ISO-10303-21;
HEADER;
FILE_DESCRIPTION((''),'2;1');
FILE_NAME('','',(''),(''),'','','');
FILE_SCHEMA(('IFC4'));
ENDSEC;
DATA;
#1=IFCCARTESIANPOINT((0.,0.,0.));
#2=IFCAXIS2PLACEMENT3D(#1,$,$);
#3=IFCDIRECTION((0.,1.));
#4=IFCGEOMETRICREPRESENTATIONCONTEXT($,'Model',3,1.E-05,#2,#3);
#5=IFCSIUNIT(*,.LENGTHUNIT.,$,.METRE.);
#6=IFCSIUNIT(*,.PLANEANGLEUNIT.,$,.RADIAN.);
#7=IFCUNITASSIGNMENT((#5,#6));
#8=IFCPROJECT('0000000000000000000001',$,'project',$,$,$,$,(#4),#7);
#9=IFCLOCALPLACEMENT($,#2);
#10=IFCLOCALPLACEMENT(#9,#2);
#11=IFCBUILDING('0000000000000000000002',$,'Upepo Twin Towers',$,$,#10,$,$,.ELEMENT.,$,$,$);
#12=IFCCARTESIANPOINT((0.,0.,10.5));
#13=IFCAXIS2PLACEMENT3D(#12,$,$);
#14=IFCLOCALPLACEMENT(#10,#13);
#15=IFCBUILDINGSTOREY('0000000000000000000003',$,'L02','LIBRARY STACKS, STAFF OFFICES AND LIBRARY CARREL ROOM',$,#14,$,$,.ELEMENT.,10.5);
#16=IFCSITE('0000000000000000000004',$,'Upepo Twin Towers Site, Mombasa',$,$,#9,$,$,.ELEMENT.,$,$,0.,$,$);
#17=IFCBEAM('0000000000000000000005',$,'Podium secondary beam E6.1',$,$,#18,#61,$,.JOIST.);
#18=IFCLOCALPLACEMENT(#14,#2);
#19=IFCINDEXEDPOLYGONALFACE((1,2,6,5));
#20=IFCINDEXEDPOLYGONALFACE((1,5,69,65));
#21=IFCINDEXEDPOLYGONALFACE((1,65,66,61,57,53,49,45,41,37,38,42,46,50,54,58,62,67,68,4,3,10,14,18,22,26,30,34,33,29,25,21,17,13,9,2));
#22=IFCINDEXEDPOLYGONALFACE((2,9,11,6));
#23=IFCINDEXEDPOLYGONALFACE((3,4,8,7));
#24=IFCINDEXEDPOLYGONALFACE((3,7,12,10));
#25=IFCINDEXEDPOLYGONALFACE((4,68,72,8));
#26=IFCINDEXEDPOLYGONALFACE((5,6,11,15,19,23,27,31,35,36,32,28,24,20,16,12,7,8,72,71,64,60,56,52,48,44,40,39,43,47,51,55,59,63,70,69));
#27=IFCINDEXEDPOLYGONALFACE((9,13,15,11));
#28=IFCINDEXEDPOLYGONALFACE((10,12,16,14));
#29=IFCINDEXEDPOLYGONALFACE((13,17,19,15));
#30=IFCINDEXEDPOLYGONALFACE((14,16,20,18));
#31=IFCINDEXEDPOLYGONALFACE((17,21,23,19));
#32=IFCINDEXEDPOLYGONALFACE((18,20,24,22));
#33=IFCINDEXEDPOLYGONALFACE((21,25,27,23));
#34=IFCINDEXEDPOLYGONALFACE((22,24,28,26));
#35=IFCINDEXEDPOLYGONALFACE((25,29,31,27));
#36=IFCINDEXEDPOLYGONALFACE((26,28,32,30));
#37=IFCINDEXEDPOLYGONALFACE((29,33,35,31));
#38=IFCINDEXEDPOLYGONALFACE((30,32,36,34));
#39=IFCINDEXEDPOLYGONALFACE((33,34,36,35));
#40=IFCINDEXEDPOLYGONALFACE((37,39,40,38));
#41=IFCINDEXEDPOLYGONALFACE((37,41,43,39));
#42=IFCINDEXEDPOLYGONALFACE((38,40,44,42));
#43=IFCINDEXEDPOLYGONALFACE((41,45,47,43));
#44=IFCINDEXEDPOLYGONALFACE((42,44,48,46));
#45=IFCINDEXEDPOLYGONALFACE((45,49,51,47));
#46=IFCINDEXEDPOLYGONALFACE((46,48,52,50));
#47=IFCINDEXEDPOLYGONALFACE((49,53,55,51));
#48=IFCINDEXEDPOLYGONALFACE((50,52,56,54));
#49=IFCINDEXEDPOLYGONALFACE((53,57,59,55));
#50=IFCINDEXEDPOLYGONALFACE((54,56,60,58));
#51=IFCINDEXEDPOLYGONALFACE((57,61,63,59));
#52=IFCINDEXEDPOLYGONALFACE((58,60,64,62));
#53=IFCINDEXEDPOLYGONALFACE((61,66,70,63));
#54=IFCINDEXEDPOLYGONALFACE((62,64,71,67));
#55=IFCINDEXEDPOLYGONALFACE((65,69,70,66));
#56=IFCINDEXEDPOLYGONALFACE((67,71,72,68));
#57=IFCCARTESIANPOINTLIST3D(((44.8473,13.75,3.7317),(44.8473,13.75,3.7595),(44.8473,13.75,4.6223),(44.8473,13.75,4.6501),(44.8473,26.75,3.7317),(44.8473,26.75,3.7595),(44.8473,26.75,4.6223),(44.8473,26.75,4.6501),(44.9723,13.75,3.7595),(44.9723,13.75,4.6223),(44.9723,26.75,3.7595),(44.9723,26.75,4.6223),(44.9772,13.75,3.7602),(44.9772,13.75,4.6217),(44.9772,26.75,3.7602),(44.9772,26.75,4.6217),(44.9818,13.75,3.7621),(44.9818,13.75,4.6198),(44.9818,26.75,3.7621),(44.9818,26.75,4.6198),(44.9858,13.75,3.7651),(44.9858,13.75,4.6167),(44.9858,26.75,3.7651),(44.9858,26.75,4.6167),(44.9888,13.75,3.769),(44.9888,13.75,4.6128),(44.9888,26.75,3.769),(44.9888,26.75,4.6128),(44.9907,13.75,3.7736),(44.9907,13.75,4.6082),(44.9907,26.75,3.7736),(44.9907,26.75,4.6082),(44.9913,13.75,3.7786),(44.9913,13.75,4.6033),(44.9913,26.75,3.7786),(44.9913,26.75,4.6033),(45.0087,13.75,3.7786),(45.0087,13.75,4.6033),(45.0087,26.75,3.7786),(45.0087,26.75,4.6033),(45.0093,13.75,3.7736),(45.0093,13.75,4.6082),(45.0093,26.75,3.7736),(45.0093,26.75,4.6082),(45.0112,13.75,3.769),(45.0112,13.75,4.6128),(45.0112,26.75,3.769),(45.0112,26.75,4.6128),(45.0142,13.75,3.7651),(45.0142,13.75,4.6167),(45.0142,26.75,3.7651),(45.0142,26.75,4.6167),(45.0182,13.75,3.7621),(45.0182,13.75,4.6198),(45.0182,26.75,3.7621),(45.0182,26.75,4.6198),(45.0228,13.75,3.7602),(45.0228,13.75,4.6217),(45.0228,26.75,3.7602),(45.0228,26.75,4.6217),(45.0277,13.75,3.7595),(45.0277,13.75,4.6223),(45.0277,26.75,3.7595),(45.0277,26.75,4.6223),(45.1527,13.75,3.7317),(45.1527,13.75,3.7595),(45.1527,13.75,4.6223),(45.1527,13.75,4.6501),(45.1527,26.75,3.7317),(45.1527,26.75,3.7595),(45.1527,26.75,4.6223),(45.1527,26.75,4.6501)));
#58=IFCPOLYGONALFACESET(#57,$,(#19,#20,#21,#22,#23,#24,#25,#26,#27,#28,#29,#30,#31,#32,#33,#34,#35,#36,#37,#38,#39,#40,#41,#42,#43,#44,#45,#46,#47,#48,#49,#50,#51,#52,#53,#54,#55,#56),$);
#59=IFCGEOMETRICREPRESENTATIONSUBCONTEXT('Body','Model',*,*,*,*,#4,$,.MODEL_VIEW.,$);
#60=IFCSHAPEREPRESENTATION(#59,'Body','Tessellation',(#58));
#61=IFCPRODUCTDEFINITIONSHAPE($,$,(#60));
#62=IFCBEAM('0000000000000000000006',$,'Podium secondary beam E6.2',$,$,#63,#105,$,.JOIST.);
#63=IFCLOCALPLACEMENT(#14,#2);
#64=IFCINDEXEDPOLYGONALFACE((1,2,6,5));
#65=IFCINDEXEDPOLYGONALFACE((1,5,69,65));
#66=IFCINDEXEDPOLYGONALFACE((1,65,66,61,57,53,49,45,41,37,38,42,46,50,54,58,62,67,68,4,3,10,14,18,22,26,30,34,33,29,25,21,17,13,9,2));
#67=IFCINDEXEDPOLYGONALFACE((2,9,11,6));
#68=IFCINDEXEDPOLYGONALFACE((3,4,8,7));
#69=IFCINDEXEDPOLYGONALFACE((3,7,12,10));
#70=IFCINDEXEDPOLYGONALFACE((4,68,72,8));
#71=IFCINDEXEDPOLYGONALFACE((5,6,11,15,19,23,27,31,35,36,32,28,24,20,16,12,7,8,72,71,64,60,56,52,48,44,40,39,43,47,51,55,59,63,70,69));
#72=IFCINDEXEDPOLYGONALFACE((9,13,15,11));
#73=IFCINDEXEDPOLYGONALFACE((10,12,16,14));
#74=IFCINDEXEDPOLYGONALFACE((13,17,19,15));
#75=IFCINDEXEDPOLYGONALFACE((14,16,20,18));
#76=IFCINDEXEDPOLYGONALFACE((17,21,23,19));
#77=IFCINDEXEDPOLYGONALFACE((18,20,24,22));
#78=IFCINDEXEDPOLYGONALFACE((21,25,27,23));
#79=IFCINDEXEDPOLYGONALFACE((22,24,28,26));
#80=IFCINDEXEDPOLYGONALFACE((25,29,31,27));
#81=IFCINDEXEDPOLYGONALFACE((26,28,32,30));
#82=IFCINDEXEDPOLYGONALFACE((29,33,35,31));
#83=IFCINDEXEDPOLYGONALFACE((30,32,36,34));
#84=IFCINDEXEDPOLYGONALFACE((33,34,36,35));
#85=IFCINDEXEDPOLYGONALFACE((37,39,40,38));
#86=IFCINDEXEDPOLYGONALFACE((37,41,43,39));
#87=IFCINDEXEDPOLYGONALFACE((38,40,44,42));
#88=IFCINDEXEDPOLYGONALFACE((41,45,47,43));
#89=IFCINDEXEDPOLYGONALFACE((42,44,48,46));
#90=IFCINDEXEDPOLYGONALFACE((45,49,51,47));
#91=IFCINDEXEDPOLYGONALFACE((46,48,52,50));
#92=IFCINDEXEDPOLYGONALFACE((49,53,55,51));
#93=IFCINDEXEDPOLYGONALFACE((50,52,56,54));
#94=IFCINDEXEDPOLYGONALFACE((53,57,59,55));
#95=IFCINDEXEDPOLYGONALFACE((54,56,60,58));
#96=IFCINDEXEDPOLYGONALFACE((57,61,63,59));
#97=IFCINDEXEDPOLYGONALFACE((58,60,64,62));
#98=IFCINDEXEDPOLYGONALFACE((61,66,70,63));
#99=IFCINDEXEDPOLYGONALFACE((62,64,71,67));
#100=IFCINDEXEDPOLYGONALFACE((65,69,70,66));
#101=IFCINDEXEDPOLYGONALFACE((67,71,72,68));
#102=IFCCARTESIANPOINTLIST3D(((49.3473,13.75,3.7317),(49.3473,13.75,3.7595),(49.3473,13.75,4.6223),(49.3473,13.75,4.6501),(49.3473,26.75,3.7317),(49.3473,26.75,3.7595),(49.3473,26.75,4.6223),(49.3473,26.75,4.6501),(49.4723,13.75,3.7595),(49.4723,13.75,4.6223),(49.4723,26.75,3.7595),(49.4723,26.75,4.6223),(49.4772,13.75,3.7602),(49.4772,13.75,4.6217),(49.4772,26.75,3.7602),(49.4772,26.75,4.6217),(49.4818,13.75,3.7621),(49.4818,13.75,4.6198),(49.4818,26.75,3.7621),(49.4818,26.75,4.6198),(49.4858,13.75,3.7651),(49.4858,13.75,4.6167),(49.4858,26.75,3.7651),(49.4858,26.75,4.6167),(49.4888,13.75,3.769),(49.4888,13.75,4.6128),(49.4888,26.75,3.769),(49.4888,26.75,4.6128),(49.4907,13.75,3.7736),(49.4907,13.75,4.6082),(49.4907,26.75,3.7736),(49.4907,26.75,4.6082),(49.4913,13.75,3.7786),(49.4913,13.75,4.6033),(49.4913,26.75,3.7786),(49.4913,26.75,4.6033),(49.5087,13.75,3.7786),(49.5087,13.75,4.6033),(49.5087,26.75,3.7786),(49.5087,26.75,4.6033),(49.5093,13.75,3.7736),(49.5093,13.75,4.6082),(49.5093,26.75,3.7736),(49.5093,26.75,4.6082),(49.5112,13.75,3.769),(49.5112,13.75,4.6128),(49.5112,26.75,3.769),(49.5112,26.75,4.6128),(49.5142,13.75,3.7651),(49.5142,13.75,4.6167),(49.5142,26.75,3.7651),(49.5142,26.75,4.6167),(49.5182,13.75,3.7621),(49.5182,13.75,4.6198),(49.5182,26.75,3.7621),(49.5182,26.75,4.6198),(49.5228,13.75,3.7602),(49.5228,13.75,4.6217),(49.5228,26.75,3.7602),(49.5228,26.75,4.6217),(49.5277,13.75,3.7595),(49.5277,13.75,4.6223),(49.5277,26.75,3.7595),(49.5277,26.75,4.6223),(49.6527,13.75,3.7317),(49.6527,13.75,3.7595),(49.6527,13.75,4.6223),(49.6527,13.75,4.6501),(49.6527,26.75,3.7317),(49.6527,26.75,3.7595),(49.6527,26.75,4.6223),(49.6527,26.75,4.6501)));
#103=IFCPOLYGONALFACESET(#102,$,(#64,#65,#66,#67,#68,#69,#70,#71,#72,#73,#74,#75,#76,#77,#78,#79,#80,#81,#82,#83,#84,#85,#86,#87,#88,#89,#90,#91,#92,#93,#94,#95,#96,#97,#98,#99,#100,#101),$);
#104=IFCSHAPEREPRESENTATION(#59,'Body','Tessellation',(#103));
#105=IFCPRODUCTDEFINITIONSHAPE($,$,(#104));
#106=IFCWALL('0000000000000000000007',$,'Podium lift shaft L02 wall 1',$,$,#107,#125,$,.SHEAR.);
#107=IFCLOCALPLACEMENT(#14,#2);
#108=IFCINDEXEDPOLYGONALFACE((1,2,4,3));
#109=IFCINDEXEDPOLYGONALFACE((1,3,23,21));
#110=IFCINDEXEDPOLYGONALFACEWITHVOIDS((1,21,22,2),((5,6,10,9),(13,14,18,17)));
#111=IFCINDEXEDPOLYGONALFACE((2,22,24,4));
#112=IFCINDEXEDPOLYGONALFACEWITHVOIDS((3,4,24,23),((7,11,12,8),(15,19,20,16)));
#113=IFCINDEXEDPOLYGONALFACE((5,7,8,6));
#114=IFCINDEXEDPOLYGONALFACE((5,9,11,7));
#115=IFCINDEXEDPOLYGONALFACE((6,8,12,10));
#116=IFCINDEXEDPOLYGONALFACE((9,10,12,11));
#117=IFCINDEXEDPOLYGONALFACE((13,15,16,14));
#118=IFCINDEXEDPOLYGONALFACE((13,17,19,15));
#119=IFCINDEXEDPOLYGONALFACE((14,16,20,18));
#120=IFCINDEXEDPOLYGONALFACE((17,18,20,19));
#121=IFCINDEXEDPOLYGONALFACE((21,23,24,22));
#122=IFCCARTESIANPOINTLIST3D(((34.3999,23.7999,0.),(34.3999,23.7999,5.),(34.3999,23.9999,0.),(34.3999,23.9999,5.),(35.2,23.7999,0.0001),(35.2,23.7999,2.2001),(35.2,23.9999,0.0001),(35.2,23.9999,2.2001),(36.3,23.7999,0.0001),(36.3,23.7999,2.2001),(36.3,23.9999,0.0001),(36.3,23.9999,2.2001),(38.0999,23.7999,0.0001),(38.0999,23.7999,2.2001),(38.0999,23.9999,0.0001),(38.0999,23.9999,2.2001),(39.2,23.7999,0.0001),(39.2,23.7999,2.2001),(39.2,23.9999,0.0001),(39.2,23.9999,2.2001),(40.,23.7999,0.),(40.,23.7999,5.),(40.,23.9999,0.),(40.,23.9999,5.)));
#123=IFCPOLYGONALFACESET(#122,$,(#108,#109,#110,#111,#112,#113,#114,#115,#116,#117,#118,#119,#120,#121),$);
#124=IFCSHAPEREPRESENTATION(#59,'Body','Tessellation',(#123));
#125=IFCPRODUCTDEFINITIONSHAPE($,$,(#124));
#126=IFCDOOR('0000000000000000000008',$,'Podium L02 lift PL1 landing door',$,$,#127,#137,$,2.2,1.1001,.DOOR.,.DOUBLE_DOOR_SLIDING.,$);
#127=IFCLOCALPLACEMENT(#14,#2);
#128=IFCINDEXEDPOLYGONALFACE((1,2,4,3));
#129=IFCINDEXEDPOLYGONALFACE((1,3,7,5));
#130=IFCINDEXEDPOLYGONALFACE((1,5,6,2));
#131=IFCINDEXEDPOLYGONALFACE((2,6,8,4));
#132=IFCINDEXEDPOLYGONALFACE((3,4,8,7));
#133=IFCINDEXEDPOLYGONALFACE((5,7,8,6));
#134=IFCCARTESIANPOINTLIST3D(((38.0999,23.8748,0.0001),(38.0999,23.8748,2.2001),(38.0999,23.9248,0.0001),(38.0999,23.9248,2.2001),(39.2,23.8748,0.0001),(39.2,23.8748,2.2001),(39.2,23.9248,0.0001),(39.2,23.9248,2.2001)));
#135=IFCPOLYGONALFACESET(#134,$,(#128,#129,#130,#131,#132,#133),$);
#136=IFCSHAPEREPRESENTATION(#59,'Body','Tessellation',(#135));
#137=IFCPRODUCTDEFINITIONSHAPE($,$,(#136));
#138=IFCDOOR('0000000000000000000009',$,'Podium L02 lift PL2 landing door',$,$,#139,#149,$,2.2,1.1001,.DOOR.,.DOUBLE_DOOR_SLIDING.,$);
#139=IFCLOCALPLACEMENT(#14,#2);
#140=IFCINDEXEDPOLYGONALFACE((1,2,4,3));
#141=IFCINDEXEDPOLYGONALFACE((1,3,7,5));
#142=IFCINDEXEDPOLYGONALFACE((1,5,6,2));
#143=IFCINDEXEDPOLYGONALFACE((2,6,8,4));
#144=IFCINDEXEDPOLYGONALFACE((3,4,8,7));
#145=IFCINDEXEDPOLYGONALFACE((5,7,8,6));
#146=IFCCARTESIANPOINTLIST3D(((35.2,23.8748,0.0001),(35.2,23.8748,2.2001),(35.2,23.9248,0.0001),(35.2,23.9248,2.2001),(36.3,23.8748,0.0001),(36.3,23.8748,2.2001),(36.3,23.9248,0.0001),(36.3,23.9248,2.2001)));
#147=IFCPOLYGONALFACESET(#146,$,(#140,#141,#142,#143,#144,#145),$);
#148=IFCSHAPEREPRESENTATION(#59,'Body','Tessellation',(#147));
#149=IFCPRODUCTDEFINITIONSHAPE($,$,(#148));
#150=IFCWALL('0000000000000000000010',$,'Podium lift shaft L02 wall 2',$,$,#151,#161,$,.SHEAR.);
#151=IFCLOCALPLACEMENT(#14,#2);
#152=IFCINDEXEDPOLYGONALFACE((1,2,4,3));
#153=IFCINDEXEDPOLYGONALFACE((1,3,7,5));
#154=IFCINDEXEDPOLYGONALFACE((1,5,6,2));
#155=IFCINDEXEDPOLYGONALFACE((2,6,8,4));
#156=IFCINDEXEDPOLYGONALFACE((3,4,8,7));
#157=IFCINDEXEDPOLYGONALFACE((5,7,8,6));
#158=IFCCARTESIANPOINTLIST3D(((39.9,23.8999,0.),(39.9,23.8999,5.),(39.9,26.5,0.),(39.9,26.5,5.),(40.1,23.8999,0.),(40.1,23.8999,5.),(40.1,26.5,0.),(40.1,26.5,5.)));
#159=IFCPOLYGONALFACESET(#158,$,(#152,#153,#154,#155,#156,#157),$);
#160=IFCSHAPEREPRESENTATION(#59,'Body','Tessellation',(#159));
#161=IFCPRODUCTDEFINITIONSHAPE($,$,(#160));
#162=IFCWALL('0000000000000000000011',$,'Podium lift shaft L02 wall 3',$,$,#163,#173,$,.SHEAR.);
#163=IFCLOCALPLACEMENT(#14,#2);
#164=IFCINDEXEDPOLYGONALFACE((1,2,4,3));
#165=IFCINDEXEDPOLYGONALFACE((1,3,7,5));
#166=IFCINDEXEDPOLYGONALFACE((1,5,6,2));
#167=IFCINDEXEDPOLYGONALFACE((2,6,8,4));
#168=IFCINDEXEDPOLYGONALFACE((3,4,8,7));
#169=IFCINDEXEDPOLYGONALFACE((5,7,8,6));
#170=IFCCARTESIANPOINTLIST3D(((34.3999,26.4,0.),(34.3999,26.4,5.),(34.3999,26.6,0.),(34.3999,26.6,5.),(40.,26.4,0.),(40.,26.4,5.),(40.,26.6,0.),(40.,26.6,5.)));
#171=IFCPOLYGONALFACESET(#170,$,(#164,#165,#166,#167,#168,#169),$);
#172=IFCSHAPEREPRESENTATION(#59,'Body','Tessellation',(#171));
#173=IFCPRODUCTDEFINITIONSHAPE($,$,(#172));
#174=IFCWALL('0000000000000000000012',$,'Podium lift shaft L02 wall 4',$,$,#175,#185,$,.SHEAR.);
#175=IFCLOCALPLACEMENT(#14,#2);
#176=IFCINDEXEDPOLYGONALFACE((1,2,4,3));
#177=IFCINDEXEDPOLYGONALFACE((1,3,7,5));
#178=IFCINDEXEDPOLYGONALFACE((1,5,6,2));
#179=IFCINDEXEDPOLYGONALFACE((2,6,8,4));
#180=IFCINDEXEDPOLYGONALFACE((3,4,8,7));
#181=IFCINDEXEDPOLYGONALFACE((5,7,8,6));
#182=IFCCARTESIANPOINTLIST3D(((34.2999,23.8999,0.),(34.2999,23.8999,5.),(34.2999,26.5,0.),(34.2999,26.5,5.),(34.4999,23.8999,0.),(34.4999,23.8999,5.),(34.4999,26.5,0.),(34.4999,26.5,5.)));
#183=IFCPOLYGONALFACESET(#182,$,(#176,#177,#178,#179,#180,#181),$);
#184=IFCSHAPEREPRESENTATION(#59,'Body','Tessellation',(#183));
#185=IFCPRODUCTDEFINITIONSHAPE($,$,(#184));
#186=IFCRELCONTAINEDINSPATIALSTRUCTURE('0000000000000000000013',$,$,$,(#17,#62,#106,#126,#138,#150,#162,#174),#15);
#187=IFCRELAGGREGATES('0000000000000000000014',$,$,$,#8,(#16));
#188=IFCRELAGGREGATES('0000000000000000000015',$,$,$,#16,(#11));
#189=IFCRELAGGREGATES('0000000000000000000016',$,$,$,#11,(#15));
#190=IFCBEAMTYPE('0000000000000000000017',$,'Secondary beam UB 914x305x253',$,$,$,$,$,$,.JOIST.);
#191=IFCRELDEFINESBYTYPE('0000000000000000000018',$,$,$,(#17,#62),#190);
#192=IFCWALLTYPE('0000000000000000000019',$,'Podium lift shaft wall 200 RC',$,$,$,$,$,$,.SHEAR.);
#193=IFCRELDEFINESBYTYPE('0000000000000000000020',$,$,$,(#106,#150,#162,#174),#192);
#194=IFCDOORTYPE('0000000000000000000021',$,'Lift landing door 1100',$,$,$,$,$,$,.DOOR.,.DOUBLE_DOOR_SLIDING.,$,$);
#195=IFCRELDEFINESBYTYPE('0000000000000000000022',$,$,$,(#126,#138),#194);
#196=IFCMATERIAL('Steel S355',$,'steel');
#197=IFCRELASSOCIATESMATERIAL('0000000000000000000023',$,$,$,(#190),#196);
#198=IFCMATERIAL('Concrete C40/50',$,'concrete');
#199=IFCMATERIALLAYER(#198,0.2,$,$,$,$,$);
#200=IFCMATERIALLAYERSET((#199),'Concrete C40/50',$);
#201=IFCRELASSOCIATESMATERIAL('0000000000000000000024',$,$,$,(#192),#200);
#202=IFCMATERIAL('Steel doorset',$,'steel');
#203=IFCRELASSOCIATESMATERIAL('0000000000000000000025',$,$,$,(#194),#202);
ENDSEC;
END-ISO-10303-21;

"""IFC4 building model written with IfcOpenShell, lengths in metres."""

from ifc_helpers import new_model, si_unit, direction, frame, frame_2d, origin, origin_2d, place, context, subcontext, project, spatial, rectangle, i_section, extrude, material, layer, layer_set, material_profile, profile_set, type_object, element, fill, save


model = new_model("IFC4")

# Units and contexts
model_context = context("Model", 3, precision=1e-05, world=origin(), true_north=direction((0.0, 1.0)))
body_context = subcontext(model_context, "Body", "Model", "MODEL_VIEW")
ifc_project = project(units=[si_unit("LENGTHUNIT", "METRE"), si_unit("PLANEANGLEUNIT", "RADIAN")], contexts=[model_context])

# Site, building, storey
site_placement = place(None, origin())
site = spatial("IfcSite", under=ifc_project, at=site_placement, Name="Upepo Twin Towers Site, Mombasa", CompositionType="ELEMENT", RefElevation=0.0)
building_placement = place(site_placement, origin())
building = spatial("IfcBuilding", under=site, at=building_placement, Name="Upepo Twin Towers", CompositionType="ELEMENT")
storey_placement = place(building_placement, frame((0.0, 0.0, 10.5)))
storey = spatial("IfcBuildingStorey", under=building, at=storey_placement, Name="L02", Description="LIBRARY STACKS, STAFF OFFICES AND LIBRARY CARREL ROOM", CompositionType="ELEMENT", Elevation=10.5)

# Beams
ifc_material_1 = material(Name="Steel S355", Category="steel")
ifc_material_profile_1 = material_profile(ifc_material_1, i_section(OverallWidth=0.3054, OverallDepth=0.9185, WebThickness=0.0173, FlangeThickness=0.0278, FilletRadius=0.019, at=origin_2d()), Name="UB 914x305x253")
ifc_profile_set_1 = profile_set([ifc_material_profile_1], Name="Steel S355")
beam_type_1 = type_object("IfcBeamType", Name="Secondary beam UB 914x305x253", PredefinedType="JOIST", material=ifc_profile_set_1)
for number, where, z_axis, x_axis, name in (
    (1, (45.0, 13.75, 4.1909), (0.0, 1.0, 0.0), (-1.0, 0.0, 0.0), "Podium secondary beam E6.1"),
    (2, (49.5, 13.75, 4.1909), (0.0, 1.0, 0.0), (-1.0, 0.0, 0.0), "Podium secondary beam E6.2"),
):
    element("IfcBeam", number, at=place(storey_placement, frame(where, z_axis=z_axis, x_axis=x_axis)), inside=storey, type_object=beam_type_1, Name=name, PredefinedType="JOIST", context=body_context, shape_type="SweptSolid", body=[
        extrude(i_section(OverallWidth=0.3054, OverallDepth=0.9185, WebThickness=0.0173, FlangeThickness=0.0278, FilletRadius=0.019, at=origin_2d()), origin(), (0.0, 0.0, 1.0), 13.0),
    ])

# Wall, openings, doors
ifc_material_2 = material(Name="Concrete C40/50", Category="concrete")
ifc_layer_1 = layer(ifc_material_2, 0.2)
ifc_layer_set_1 = layer_set([ifc_layer_1], Name="Concrete C40/50")
wall_type_1 = type_object("IfcWallType", Name="Podium lift shaft wall 200 RC", PredefinedType="SHEAR", material=ifc_layer_set_1)
wall_1_placement = place(storey_placement, frame((34.3999, 23.8999, 0.0), z_axis=(0.0, 0.0, 1.0), x_axis=(1.0, 0.0, 0.0)))
wall_1 = element("IfcWall", 3, at=wall_1_placement, inside=storey, type_object=wall_type_1, Name="Podium lift shaft L02 wall 1", PredefinedType="SHEAR", context=body_context, shape_type="SweptSolid", body=[
    extrude(rectangle(XDim=5.6001, YDim=0.2, at=frame_2d((2.8, 0.0))), origin(), (0.0, 0.0, 1.0), 5.0),
])
opening_1_placement = place(wall_1_placement, frame((3.7, 0.0, 0.0)))
opening_1 = element("IfcOpeningElement", 4, at=opening_1_placement, cuts=wall_1, PredefinedType="OPENING", context=body_context, shape_type="SweptSolid", body=[
    extrude(rectangle(XDim=1.1001, YDim=2.2, at=frame_2d((0.55, 1.1001))), frame((0.0, 0.1099, 0.0), z_axis=(0.0, -1.0, 0.0), x_axis=(1.0, 0.0, 0.0)), (0.0, 0.0, 1.0), 0.22),
])
opening_2_placement = place(wall_1_placement, frame((0.8, 0.0, 0.0)))
opening_2 = element("IfcOpeningElement", 5, at=opening_2_placement, cuts=wall_1, PredefinedType="OPENING", context=body_context, shape_type="SweptSolid", body=[
    extrude(rectangle(XDim=1.1001, YDim=2.2, at=frame_2d((0.55, 1.1001))), frame((0.0, 0.1099, 0.0), z_axis=(0.0, -1.0, 0.0), x_axis=(1.0, 0.0, 0.0)), (0.0, 0.0, 1.0), 0.22),
])
ifc_material_3 = material(Name="Steel doorset", Category="steel")
door_type_1 = type_object("IfcDoorType", Name="Lift landing door 1100", OperationType="DOUBLE_DOOR_SLIDING", PredefinedType="DOOR", material=ifc_material_3)
door_1_placement = place(opening_1_placement, origin())
door_1 = element("IfcDoor", 6, at=door_1_placement, inside=storey, type_object=door_type_1, Name="Podium L02 lift PL1 landing door", OperationType="DOUBLE_DOOR_SLIDING", OverallHeight=2.2, OverallWidth=1.1001, PredefinedType="DOOR", context=body_context, shape_type="SweptSolid", body=[
    extrude(rectangle(XDim=1.1001, YDim=2.2, at=frame_2d((0.55, 1.1001))), frame((0.0, 0.0249, 0.0), z_axis=(0.0, -1.0, 0.0), x_axis=(1.0, 0.0, 0.0)), (0.0, 0.0, 1.0), 0.05),
])
fill(opening_1, door_1)
door_2_placement = place(opening_2_placement, origin())
door_2 = element("IfcDoor", 7, at=door_2_placement, inside=storey, type_object=door_type_1, Name="Podium L02 lift PL2 landing door", OperationType="DOUBLE_DOOR_SLIDING", OverallHeight=2.2, OverallWidth=1.1001, PredefinedType="DOOR", context=body_context, shape_type="SweptSolid", body=[
    extrude(rectangle(XDim=1.1001, YDim=2.2, at=frame_2d((0.55, 1.1001))), frame((0.0, 0.0249, 0.0), z_axis=(0.0, -1.0, 0.0), x_axis=(1.0, 0.0, 0.0)), (0.0, 0.0, 1.0), 0.05),
])
fill(opening_2, door_2)

# Walls
wall_2_placement = place(storey_placement, frame((40.0, 23.8999, 0.0), z_axis=(0.0, 0.0, 1.0), x_axis=(0.0, 1.0, 0.0)))
element("IfcWall", 8, at=wall_2_placement, inside=storey, type_object=wall_type_1, Name="Podium lift shaft L02 wall 2", PredefinedType="SHEAR", context=body_context, shape_type="SweptSolid", body=[
    extrude(rectangle(XDim=2.6001, YDim=0.2, at=frame_2d((1.3, 0.0))), origin(), (0.0, 0.0, 1.0), 5.0),
])
wall_3_placement = place(storey_placement, frame((40.0, 26.5, 0.0), z_axis=(0.0, 0.0, 1.0), x_axis=(-1.0, 0.0, 0.0)))
element("IfcWall", 9, at=wall_3_placement, inside=storey, type_object=wall_type_1, Name="Podium lift shaft L02 wall 3", PredefinedType="SHEAR", context=body_context, shape_type="SweptSolid", body=[
    extrude(rectangle(XDim=5.6001, YDim=0.2, at=frame_2d((2.8, 0.0))), origin(), (0.0, 0.0, 1.0), 5.0),
])
for number, where, z_axis, x_axis, name in (
    (10, (34.3999, 26.5, 0.0), (0.0, 0.0, 1.0), (0.0, -1.0, 0.0), "Podium lift shaft L02 wall 4"),
):
    element("IfcWall", number, at=place(storey_placement, frame(where, z_axis=z_axis, x_axis=x_axis)), inside=storey, type_object=wall_type_1, Name=name, PredefinedType="SHEAR", context=body_context, shape_type="SweptSolid", body=[
        extrude(rectangle(XDim=2.6001, YDim=0.2, at=frame_2d((1.3, 0.0))), origin(), (0.0, 0.0, 1.0), 5.0),
    ])

save(model, "model.ifc")
